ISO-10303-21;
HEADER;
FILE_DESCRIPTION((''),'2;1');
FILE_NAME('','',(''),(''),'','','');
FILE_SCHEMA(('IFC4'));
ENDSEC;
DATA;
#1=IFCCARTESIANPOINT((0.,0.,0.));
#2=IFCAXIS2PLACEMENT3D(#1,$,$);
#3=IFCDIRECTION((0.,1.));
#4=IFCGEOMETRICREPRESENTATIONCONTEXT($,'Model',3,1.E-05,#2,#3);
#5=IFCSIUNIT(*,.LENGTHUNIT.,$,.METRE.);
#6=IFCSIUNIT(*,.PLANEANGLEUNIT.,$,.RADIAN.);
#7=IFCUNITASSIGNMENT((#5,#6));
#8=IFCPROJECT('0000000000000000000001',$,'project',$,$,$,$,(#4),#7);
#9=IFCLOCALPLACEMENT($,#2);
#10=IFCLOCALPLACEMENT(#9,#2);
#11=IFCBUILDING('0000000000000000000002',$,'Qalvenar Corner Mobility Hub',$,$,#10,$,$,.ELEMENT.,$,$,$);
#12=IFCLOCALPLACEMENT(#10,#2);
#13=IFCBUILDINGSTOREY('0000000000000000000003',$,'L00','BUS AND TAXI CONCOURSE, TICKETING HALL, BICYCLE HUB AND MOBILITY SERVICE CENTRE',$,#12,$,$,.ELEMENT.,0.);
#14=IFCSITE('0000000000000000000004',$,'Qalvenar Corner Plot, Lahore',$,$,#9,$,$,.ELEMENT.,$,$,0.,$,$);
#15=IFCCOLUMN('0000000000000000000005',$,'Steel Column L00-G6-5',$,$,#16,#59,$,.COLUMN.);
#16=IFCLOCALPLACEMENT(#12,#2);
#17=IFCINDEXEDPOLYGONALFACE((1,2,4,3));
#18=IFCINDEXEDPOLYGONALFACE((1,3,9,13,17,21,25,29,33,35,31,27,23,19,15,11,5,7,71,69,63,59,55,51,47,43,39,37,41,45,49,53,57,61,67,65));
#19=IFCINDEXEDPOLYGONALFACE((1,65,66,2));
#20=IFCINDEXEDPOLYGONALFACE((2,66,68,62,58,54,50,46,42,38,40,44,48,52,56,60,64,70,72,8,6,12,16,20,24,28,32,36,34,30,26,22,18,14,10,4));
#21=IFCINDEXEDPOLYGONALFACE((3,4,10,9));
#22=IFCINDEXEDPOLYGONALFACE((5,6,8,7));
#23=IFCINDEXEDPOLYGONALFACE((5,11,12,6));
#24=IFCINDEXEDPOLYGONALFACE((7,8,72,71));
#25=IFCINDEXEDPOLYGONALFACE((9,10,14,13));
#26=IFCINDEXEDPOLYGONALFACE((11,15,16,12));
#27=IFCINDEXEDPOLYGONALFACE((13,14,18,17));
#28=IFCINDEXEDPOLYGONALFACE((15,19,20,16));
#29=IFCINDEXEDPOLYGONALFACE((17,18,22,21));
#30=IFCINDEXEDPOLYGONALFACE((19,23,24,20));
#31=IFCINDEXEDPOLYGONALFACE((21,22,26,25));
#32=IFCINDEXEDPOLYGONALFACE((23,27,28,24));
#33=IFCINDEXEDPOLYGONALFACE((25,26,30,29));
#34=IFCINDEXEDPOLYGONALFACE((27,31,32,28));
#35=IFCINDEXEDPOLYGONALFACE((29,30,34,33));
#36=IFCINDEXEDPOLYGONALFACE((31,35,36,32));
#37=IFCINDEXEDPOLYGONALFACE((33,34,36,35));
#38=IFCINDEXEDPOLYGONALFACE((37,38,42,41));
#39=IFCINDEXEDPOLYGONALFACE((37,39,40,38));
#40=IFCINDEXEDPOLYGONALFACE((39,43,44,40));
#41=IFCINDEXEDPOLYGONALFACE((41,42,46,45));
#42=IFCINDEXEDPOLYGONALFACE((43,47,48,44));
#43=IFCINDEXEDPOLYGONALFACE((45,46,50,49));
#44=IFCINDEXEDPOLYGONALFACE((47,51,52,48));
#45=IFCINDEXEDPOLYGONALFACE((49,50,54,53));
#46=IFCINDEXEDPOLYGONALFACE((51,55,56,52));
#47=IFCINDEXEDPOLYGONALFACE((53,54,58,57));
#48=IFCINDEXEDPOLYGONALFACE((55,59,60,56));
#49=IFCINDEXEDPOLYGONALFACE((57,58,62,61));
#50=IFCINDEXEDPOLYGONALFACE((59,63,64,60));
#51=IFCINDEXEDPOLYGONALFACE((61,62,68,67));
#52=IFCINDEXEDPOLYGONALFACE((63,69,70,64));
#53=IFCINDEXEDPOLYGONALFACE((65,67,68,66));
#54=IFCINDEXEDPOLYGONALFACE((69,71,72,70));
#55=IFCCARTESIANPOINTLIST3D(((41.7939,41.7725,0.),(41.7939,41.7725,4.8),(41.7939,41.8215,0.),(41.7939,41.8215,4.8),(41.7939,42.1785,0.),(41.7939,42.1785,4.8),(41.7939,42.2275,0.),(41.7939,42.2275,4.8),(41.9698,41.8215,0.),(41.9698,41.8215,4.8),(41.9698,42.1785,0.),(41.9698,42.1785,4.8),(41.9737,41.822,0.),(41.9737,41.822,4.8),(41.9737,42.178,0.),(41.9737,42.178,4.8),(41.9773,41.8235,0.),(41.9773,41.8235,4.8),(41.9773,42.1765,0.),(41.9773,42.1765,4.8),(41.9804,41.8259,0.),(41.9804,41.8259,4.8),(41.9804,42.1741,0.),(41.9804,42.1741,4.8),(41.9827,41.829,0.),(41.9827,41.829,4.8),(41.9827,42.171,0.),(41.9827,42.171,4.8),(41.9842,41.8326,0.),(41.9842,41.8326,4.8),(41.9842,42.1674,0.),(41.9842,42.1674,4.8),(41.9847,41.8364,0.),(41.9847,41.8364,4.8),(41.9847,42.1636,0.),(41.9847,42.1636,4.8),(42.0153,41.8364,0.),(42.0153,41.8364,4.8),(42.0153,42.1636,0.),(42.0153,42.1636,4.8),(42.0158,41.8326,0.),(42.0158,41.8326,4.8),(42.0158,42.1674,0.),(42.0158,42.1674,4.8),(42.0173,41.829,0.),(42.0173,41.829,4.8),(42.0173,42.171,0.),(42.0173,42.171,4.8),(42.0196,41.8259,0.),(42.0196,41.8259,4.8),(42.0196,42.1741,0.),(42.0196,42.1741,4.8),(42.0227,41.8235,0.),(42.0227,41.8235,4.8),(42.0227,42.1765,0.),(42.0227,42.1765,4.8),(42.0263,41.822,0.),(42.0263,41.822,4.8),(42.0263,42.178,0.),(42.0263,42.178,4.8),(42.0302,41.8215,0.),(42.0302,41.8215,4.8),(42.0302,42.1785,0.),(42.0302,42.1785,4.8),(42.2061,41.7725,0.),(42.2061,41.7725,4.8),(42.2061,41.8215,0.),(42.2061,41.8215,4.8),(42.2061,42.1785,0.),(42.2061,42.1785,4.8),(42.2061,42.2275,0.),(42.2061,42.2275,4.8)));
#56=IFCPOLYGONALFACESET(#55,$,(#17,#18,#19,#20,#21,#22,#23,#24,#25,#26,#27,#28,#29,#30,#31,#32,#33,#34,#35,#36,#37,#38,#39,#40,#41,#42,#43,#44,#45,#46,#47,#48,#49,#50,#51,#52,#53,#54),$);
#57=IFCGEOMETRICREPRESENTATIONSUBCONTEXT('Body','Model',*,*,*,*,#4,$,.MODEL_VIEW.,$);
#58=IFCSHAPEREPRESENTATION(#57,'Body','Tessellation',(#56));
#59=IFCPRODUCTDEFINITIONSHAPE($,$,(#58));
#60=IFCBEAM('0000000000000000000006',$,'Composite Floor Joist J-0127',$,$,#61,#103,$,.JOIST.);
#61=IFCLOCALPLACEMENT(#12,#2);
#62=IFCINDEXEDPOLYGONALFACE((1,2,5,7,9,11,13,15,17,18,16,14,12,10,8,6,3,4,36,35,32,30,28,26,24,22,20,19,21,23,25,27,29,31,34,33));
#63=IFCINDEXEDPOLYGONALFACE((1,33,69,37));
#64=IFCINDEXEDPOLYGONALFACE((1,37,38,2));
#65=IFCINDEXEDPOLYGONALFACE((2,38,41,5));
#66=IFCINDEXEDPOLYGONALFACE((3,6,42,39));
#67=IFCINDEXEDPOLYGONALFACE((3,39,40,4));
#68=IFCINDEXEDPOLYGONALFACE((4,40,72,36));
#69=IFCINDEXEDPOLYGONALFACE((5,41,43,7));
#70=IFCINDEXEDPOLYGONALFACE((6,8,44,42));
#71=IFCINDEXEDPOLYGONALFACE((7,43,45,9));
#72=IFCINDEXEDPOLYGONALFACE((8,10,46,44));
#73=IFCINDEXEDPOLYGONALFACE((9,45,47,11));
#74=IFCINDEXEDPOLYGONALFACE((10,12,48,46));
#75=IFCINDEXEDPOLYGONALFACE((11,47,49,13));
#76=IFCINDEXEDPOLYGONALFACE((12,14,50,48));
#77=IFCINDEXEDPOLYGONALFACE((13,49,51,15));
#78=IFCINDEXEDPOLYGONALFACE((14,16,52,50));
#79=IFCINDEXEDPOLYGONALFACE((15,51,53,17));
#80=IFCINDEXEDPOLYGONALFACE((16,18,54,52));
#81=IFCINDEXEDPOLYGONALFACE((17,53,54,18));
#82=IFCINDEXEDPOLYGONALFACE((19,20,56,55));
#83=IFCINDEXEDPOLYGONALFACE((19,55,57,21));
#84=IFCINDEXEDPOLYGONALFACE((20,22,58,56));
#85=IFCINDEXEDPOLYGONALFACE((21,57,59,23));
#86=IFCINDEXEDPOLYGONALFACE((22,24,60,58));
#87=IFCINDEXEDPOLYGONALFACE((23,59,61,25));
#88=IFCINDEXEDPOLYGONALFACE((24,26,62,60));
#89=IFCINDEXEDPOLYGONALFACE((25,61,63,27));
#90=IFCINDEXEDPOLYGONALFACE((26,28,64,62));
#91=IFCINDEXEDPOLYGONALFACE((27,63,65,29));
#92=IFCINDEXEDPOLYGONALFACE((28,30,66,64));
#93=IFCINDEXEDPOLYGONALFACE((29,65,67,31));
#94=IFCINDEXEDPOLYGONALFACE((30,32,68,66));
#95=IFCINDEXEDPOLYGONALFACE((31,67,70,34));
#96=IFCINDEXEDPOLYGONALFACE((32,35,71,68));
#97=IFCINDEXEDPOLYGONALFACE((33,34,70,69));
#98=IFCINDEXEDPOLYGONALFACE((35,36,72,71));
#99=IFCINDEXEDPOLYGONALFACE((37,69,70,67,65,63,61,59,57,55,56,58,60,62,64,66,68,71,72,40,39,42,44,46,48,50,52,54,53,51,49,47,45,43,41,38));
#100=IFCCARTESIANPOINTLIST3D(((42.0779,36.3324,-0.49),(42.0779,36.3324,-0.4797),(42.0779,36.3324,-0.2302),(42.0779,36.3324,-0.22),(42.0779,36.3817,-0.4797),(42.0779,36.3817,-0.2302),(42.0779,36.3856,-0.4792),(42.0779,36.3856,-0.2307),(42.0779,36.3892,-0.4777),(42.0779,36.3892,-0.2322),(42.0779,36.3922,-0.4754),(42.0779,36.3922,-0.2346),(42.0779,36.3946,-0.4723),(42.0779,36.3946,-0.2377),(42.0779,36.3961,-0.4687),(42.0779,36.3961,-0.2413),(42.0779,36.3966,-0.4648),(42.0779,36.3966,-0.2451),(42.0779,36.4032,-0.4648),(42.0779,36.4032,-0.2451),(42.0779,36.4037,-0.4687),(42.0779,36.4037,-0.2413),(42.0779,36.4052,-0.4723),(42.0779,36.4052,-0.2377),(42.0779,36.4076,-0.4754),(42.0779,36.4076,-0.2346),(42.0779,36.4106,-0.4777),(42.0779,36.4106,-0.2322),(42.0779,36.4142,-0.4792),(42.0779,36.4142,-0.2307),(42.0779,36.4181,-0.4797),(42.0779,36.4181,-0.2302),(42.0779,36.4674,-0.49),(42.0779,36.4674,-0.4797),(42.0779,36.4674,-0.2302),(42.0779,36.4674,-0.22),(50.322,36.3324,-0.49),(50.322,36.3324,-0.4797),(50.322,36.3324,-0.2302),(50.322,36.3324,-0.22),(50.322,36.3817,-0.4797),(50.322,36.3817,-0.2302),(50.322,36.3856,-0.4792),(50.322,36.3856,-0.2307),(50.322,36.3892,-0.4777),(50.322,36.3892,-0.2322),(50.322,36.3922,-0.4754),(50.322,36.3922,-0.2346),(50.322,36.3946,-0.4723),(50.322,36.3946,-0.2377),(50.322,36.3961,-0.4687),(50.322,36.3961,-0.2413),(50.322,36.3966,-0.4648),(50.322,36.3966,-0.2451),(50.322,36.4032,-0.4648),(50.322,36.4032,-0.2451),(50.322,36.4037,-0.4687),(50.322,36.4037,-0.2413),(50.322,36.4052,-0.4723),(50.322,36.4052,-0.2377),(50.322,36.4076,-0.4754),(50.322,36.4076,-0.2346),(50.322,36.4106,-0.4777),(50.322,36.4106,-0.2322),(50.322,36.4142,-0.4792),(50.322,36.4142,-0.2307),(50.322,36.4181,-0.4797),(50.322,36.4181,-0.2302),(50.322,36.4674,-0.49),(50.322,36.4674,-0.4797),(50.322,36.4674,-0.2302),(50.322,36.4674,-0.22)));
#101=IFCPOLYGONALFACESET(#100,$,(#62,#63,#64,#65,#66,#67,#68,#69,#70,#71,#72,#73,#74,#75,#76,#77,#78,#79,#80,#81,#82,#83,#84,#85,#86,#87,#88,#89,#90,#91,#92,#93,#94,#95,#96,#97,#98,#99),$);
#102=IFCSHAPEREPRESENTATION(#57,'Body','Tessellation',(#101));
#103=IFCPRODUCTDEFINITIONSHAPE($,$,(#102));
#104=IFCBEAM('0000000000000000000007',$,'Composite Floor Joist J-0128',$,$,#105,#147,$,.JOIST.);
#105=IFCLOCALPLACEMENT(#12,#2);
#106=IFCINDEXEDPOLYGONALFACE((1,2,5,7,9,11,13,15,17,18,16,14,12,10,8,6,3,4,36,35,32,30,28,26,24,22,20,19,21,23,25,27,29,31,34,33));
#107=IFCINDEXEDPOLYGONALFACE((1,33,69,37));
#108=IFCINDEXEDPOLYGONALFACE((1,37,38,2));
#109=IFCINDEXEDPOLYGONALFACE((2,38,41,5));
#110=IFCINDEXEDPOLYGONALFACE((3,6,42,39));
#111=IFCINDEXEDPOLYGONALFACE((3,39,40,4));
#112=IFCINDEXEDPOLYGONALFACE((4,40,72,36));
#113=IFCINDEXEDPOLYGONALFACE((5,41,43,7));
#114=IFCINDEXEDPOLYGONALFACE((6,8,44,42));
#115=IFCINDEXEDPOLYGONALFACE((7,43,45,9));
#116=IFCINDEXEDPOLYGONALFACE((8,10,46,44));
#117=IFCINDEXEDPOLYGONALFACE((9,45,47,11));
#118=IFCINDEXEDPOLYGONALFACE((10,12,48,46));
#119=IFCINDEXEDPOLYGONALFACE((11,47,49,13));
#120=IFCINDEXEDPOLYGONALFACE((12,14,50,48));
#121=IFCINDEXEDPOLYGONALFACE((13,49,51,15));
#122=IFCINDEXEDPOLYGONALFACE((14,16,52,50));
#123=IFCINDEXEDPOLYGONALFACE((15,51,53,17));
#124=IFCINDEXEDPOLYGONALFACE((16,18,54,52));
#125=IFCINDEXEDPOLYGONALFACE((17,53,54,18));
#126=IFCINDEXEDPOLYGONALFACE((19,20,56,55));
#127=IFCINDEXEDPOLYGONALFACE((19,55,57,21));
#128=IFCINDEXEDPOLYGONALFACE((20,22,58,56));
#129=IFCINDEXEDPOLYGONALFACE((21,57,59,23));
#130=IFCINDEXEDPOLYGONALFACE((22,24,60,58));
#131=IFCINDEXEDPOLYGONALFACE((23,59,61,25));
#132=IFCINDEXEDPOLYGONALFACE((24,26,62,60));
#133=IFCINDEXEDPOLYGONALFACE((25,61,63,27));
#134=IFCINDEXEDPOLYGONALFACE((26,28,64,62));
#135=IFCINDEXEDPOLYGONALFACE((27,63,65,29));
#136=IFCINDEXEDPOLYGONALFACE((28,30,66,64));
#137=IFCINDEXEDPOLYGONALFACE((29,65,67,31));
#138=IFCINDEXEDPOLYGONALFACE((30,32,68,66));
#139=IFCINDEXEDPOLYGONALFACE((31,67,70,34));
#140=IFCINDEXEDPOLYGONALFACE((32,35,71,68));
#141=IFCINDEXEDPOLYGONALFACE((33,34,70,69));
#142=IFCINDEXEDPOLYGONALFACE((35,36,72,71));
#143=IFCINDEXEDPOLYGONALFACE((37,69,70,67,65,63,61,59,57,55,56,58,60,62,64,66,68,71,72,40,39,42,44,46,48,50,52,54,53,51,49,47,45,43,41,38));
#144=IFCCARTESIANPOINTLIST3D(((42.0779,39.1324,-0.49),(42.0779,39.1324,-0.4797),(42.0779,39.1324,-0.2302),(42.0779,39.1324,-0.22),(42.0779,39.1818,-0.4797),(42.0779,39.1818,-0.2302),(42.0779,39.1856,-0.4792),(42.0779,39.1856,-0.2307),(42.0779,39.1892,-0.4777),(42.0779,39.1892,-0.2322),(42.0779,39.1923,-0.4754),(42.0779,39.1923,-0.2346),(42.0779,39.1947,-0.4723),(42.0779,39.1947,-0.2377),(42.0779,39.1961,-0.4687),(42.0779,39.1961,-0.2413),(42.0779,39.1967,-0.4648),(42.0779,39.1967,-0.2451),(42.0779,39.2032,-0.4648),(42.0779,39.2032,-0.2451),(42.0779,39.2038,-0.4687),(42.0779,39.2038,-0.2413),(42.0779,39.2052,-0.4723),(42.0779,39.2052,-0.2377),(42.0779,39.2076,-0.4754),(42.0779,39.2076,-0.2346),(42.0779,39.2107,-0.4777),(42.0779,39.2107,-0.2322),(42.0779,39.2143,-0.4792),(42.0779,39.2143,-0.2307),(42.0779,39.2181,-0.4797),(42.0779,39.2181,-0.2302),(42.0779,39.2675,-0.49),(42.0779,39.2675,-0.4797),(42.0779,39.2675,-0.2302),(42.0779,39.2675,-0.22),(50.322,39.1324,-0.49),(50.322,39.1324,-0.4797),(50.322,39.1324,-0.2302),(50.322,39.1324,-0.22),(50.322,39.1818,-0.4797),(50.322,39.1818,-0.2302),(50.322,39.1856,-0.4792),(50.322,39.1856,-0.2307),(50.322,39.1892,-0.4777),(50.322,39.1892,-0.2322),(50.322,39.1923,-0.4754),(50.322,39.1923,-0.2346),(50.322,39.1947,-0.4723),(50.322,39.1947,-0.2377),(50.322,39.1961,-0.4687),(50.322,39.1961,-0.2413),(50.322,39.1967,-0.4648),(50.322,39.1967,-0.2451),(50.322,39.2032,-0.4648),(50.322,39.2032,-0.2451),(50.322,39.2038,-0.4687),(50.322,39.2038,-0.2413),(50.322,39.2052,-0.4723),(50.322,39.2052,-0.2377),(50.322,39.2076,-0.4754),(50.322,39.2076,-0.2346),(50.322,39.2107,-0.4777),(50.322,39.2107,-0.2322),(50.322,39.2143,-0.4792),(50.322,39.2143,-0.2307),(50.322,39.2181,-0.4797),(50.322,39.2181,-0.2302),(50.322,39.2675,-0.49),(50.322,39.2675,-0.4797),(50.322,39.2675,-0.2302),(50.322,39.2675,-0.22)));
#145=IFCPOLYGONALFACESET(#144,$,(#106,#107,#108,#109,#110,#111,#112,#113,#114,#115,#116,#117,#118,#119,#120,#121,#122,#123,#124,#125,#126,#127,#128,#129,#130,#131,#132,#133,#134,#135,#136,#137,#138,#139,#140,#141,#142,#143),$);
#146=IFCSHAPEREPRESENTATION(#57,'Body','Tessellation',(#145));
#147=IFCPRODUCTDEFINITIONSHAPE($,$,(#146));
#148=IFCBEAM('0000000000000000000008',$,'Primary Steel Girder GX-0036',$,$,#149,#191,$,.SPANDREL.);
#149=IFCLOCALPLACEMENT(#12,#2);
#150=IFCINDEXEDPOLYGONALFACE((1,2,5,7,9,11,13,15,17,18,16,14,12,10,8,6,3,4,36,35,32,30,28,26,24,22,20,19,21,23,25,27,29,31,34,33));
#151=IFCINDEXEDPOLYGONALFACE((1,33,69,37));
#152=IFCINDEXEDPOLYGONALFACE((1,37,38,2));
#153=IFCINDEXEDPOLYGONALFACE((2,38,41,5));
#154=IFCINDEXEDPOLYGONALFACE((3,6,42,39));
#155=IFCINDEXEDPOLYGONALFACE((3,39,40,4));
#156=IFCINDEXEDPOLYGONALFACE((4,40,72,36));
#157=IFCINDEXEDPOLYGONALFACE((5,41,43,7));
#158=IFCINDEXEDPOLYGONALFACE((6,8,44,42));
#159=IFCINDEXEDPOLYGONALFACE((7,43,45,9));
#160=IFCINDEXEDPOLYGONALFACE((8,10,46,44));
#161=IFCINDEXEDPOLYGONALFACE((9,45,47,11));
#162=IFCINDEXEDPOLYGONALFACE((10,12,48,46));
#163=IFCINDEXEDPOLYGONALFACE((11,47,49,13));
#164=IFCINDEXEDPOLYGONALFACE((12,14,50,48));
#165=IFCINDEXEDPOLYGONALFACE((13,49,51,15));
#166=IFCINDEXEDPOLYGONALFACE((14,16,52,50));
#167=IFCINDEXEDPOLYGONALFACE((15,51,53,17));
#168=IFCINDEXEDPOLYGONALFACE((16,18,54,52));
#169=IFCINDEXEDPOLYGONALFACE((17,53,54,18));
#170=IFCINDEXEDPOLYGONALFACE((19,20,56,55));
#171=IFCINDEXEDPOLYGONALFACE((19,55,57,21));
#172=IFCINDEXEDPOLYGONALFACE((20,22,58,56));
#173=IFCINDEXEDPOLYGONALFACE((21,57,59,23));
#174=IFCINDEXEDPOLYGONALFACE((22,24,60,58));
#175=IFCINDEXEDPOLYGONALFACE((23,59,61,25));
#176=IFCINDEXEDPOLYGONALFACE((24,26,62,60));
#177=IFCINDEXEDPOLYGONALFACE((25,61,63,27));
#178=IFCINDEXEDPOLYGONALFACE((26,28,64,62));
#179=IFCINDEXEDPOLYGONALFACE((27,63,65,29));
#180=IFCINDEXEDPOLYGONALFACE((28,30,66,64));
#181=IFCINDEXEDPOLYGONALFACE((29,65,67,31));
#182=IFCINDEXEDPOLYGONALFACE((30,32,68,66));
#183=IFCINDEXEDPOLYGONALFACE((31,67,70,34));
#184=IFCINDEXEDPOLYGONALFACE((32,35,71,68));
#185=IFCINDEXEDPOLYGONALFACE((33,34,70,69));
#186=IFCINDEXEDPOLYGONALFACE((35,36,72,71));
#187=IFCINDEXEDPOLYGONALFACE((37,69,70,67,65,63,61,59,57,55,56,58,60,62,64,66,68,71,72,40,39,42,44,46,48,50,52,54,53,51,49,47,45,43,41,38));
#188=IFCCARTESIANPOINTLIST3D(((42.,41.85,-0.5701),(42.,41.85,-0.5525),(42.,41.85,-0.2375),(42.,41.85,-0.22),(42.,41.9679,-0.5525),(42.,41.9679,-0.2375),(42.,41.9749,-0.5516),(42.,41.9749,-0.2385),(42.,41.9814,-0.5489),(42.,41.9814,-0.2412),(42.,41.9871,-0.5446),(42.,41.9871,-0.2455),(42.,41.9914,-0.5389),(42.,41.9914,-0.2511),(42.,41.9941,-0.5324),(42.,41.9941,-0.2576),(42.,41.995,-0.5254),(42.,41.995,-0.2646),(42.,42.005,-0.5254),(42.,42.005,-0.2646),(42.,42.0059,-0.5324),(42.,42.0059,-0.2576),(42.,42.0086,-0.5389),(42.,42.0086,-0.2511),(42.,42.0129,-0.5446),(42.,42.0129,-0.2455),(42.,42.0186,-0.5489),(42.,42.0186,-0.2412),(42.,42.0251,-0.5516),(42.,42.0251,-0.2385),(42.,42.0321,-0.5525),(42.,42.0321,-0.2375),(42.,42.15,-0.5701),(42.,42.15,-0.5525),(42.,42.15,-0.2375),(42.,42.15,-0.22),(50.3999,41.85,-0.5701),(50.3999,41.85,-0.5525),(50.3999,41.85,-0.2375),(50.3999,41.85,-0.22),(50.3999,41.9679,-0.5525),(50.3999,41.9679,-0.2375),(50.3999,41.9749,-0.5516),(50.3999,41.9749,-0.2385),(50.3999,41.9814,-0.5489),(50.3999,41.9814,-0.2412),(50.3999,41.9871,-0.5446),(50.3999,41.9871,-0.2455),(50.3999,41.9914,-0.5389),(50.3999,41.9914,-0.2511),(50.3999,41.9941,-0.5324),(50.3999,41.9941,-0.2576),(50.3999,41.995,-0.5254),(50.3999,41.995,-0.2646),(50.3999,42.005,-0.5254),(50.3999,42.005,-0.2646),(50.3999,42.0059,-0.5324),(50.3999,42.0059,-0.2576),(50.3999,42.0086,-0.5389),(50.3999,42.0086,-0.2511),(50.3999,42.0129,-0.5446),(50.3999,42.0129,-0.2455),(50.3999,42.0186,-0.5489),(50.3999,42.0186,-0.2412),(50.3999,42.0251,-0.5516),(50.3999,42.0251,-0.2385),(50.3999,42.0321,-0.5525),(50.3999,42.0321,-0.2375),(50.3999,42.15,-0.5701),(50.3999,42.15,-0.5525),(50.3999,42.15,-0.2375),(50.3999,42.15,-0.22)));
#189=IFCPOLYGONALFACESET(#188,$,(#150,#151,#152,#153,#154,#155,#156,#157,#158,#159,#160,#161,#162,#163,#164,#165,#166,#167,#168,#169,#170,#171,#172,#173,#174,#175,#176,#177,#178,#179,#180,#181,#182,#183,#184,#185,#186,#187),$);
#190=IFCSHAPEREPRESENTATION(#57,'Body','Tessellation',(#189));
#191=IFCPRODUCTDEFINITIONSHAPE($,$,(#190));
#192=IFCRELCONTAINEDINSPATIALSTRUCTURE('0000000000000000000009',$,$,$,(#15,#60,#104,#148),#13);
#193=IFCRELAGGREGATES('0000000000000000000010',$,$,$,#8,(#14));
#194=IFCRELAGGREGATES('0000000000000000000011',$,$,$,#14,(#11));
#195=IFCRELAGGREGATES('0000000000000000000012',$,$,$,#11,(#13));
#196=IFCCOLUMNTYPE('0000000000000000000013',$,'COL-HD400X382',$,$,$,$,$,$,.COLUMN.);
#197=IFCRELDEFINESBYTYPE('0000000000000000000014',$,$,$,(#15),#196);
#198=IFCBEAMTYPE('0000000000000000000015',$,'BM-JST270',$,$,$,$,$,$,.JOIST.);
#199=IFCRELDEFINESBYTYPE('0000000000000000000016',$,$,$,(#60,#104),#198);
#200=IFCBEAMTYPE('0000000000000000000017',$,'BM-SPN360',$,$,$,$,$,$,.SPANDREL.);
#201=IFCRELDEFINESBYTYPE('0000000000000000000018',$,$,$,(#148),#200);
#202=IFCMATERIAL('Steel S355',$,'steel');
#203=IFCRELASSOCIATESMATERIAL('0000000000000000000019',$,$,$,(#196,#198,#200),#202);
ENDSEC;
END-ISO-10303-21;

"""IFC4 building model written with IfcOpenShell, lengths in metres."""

from ifc_helpers import new_model, si_unit, direction, frame, origin, origin_2d, place, context, subcontext, project, spatial, i_section, extrude, material, material_profile, profile_set, type_object, element, save


model = new_model("IFC4")

# Units and contexts
model_context = context("Model", 3, precision=1e-05, world=origin(), true_north=direction((0.0, 1.0)))
body_context = subcontext(model_context, "Body", "Model", "MODEL_VIEW")
ifc_project = project(units=[si_unit("LENGTHUNIT", "METRE"), si_unit("PLANEANGLEUNIT", "RADIAN")], contexts=[model_context])

# Site, building, storey
site_placement = place(None, origin())
site = spatial("IfcSite", under=ifc_project, at=site_placement, Name="Qalvenar Corner Plot, Lahore", CompositionType="ELEMENT", RefElevation=0.0)
building_placement = place(site_placement, origin())
building = spatial("IfcBuilding", under=site, at=building_placement, Name="Qalvenar Corner Mobility Hub", CompositionType="ELEMENT")
storey_placement = place(building_placement, origin())
storey = spatial("IfcBuildingStorey", under=building, at=storey_placement, Name="L00", Description="BUS AND TAXI CONCOURSE, TICKETING HALL, BICYCLE HUB AND MOBILITY SERVICE CENTRE", CompositionType="ELEMENT", Elevation=0.0)

# Column
ifc_material_1 = material(Name="Steel S355", Category="steel")
ifc_material_profile_1 = material_profile(ifc_material_1, i_section(OverallWidth=0.4121, OverallDepth=0.4551, WebThickness=0.0305, FlangeThickness=0.0491, FilletRadius=0.0149, at=origin_2d()), Name="HD400x421")
ifc_profile_set_1 = profile_set([ifc_material_profile_1], Name="Steel S355")
column_type = type_object("IfcColumnType", Name="COL-HD400X382", PredefinedType="COLUMN", material=ifc_profile_set_1)
column_placement = place(storey_placement, frame((42.0, 42.0, 0.0), z_axis=(0.0, 0.0, 1.0), x_axis=(1.0, 0.0, 0.0)))
element("IfcColumn", 1, at=column_placement, inside=storey, type_object=column_type, Name="Steel Column L00-G6-5", PredefinedType="COLUMN", context=body_context, shape_type="SweptSolid", body=[
    extrude(i_section(OverallWidth=0.4121, OverallDepth=0.4551, WebThickness=0.0305, FlangeThickness=0.0491, FilletRadius=0.0149, at=origin_2d()), origin(), (0.0, 0.0, 1.0), 4.8),
])

# Beams
ifc_material_profile_2 = material_profile(ifc_material_1, i_section(OverallWidth=0.135, OverallDepth=0.27, WebThickness=0.0066, FlangeThickness=0.0103, FilletRadius=0.0149, at=origin_2d()), Name="IPE270")
ifc_profile_set_2 = profile_set([ifc_material_profile_2], Name="Steel S355")
beam_type_1 = type_object("IfcBeamType", Name="BM-JST270", PredefinedType="JOIST", material=ifc_profile_set_2)
for number, where, z_axis, x_axis, name in (
    (2, (42.0779, 36.3999, -0.355), (1.0, 0.0, 0.0), (0.0, 1.0, 0.0), "Composite Floor Joist J-0127"),
    (3, (42.0779, 39.2, -0.355), (1.0, 0.0, 0.0), (0.0, 1.0, 0.0), "Composite Floor Joist J-0128"),
):
    element("IfcBeam", number, at=place(storey_placement, frame(where, z_axis=z_axis, x_axis=x_axis)), inside=storey, type_object=beam_type_1, Name=name, PredefinedType="JOIST", context=body_context, shape_type="SweptSolid", body=[
        extrude(i_section(OverallWidth=0.135, OverallDepth=0.27, WebThickness=0.0066, FlangeThickness=0.0103, FilletRadius=0.0149, at=origin_2d()), origin(), (0.0, 0.0, 1.0), 8.2441),
    ])
ifc_material_profile_3 = material_profile(ifc_material_1, i_section(OverallWidth=0.3, OverallDepth=0.3501, WebThickness=0.01, FlangeThickness=0.0176, FilletRadius=0.0271, at=origin_2d()), Name="HEA360")
ifc_profile_set_3 = profile_set([ifc_material_profile_3], Name="Steel S355")
beam_type_2 = type_object("IfcBeamType", Name="BM-SPN360", PredefinedType="SPANDREL", material=ifc_profile_set_3)
beam_placement = place(storey_placement, frame((42.0, 42.0, -0.395), z_axis=(1.0, 0.0, 0.0), x_axis=(0.0, 1.0, 0.0)))
element("IfcBeam", 4, at=beam_placement, inside=storey, type_object=beam_type_2, Name="Primary Steel Girder GX-0036", PredefinedType="SPANDREL", context=body_context, shape_type="SweptSolid", body=[
    extrude(i_section(OverallWidth=0.3, OverallDepth=0.3501, WebThickness=0.01, FlangeThickness=0.0176, FilletRadius=0.0271, at=origin_2d()), origin(), (0.0, 0.0, 1.0), 8.3999),
])

save(model, "model.ifc")
